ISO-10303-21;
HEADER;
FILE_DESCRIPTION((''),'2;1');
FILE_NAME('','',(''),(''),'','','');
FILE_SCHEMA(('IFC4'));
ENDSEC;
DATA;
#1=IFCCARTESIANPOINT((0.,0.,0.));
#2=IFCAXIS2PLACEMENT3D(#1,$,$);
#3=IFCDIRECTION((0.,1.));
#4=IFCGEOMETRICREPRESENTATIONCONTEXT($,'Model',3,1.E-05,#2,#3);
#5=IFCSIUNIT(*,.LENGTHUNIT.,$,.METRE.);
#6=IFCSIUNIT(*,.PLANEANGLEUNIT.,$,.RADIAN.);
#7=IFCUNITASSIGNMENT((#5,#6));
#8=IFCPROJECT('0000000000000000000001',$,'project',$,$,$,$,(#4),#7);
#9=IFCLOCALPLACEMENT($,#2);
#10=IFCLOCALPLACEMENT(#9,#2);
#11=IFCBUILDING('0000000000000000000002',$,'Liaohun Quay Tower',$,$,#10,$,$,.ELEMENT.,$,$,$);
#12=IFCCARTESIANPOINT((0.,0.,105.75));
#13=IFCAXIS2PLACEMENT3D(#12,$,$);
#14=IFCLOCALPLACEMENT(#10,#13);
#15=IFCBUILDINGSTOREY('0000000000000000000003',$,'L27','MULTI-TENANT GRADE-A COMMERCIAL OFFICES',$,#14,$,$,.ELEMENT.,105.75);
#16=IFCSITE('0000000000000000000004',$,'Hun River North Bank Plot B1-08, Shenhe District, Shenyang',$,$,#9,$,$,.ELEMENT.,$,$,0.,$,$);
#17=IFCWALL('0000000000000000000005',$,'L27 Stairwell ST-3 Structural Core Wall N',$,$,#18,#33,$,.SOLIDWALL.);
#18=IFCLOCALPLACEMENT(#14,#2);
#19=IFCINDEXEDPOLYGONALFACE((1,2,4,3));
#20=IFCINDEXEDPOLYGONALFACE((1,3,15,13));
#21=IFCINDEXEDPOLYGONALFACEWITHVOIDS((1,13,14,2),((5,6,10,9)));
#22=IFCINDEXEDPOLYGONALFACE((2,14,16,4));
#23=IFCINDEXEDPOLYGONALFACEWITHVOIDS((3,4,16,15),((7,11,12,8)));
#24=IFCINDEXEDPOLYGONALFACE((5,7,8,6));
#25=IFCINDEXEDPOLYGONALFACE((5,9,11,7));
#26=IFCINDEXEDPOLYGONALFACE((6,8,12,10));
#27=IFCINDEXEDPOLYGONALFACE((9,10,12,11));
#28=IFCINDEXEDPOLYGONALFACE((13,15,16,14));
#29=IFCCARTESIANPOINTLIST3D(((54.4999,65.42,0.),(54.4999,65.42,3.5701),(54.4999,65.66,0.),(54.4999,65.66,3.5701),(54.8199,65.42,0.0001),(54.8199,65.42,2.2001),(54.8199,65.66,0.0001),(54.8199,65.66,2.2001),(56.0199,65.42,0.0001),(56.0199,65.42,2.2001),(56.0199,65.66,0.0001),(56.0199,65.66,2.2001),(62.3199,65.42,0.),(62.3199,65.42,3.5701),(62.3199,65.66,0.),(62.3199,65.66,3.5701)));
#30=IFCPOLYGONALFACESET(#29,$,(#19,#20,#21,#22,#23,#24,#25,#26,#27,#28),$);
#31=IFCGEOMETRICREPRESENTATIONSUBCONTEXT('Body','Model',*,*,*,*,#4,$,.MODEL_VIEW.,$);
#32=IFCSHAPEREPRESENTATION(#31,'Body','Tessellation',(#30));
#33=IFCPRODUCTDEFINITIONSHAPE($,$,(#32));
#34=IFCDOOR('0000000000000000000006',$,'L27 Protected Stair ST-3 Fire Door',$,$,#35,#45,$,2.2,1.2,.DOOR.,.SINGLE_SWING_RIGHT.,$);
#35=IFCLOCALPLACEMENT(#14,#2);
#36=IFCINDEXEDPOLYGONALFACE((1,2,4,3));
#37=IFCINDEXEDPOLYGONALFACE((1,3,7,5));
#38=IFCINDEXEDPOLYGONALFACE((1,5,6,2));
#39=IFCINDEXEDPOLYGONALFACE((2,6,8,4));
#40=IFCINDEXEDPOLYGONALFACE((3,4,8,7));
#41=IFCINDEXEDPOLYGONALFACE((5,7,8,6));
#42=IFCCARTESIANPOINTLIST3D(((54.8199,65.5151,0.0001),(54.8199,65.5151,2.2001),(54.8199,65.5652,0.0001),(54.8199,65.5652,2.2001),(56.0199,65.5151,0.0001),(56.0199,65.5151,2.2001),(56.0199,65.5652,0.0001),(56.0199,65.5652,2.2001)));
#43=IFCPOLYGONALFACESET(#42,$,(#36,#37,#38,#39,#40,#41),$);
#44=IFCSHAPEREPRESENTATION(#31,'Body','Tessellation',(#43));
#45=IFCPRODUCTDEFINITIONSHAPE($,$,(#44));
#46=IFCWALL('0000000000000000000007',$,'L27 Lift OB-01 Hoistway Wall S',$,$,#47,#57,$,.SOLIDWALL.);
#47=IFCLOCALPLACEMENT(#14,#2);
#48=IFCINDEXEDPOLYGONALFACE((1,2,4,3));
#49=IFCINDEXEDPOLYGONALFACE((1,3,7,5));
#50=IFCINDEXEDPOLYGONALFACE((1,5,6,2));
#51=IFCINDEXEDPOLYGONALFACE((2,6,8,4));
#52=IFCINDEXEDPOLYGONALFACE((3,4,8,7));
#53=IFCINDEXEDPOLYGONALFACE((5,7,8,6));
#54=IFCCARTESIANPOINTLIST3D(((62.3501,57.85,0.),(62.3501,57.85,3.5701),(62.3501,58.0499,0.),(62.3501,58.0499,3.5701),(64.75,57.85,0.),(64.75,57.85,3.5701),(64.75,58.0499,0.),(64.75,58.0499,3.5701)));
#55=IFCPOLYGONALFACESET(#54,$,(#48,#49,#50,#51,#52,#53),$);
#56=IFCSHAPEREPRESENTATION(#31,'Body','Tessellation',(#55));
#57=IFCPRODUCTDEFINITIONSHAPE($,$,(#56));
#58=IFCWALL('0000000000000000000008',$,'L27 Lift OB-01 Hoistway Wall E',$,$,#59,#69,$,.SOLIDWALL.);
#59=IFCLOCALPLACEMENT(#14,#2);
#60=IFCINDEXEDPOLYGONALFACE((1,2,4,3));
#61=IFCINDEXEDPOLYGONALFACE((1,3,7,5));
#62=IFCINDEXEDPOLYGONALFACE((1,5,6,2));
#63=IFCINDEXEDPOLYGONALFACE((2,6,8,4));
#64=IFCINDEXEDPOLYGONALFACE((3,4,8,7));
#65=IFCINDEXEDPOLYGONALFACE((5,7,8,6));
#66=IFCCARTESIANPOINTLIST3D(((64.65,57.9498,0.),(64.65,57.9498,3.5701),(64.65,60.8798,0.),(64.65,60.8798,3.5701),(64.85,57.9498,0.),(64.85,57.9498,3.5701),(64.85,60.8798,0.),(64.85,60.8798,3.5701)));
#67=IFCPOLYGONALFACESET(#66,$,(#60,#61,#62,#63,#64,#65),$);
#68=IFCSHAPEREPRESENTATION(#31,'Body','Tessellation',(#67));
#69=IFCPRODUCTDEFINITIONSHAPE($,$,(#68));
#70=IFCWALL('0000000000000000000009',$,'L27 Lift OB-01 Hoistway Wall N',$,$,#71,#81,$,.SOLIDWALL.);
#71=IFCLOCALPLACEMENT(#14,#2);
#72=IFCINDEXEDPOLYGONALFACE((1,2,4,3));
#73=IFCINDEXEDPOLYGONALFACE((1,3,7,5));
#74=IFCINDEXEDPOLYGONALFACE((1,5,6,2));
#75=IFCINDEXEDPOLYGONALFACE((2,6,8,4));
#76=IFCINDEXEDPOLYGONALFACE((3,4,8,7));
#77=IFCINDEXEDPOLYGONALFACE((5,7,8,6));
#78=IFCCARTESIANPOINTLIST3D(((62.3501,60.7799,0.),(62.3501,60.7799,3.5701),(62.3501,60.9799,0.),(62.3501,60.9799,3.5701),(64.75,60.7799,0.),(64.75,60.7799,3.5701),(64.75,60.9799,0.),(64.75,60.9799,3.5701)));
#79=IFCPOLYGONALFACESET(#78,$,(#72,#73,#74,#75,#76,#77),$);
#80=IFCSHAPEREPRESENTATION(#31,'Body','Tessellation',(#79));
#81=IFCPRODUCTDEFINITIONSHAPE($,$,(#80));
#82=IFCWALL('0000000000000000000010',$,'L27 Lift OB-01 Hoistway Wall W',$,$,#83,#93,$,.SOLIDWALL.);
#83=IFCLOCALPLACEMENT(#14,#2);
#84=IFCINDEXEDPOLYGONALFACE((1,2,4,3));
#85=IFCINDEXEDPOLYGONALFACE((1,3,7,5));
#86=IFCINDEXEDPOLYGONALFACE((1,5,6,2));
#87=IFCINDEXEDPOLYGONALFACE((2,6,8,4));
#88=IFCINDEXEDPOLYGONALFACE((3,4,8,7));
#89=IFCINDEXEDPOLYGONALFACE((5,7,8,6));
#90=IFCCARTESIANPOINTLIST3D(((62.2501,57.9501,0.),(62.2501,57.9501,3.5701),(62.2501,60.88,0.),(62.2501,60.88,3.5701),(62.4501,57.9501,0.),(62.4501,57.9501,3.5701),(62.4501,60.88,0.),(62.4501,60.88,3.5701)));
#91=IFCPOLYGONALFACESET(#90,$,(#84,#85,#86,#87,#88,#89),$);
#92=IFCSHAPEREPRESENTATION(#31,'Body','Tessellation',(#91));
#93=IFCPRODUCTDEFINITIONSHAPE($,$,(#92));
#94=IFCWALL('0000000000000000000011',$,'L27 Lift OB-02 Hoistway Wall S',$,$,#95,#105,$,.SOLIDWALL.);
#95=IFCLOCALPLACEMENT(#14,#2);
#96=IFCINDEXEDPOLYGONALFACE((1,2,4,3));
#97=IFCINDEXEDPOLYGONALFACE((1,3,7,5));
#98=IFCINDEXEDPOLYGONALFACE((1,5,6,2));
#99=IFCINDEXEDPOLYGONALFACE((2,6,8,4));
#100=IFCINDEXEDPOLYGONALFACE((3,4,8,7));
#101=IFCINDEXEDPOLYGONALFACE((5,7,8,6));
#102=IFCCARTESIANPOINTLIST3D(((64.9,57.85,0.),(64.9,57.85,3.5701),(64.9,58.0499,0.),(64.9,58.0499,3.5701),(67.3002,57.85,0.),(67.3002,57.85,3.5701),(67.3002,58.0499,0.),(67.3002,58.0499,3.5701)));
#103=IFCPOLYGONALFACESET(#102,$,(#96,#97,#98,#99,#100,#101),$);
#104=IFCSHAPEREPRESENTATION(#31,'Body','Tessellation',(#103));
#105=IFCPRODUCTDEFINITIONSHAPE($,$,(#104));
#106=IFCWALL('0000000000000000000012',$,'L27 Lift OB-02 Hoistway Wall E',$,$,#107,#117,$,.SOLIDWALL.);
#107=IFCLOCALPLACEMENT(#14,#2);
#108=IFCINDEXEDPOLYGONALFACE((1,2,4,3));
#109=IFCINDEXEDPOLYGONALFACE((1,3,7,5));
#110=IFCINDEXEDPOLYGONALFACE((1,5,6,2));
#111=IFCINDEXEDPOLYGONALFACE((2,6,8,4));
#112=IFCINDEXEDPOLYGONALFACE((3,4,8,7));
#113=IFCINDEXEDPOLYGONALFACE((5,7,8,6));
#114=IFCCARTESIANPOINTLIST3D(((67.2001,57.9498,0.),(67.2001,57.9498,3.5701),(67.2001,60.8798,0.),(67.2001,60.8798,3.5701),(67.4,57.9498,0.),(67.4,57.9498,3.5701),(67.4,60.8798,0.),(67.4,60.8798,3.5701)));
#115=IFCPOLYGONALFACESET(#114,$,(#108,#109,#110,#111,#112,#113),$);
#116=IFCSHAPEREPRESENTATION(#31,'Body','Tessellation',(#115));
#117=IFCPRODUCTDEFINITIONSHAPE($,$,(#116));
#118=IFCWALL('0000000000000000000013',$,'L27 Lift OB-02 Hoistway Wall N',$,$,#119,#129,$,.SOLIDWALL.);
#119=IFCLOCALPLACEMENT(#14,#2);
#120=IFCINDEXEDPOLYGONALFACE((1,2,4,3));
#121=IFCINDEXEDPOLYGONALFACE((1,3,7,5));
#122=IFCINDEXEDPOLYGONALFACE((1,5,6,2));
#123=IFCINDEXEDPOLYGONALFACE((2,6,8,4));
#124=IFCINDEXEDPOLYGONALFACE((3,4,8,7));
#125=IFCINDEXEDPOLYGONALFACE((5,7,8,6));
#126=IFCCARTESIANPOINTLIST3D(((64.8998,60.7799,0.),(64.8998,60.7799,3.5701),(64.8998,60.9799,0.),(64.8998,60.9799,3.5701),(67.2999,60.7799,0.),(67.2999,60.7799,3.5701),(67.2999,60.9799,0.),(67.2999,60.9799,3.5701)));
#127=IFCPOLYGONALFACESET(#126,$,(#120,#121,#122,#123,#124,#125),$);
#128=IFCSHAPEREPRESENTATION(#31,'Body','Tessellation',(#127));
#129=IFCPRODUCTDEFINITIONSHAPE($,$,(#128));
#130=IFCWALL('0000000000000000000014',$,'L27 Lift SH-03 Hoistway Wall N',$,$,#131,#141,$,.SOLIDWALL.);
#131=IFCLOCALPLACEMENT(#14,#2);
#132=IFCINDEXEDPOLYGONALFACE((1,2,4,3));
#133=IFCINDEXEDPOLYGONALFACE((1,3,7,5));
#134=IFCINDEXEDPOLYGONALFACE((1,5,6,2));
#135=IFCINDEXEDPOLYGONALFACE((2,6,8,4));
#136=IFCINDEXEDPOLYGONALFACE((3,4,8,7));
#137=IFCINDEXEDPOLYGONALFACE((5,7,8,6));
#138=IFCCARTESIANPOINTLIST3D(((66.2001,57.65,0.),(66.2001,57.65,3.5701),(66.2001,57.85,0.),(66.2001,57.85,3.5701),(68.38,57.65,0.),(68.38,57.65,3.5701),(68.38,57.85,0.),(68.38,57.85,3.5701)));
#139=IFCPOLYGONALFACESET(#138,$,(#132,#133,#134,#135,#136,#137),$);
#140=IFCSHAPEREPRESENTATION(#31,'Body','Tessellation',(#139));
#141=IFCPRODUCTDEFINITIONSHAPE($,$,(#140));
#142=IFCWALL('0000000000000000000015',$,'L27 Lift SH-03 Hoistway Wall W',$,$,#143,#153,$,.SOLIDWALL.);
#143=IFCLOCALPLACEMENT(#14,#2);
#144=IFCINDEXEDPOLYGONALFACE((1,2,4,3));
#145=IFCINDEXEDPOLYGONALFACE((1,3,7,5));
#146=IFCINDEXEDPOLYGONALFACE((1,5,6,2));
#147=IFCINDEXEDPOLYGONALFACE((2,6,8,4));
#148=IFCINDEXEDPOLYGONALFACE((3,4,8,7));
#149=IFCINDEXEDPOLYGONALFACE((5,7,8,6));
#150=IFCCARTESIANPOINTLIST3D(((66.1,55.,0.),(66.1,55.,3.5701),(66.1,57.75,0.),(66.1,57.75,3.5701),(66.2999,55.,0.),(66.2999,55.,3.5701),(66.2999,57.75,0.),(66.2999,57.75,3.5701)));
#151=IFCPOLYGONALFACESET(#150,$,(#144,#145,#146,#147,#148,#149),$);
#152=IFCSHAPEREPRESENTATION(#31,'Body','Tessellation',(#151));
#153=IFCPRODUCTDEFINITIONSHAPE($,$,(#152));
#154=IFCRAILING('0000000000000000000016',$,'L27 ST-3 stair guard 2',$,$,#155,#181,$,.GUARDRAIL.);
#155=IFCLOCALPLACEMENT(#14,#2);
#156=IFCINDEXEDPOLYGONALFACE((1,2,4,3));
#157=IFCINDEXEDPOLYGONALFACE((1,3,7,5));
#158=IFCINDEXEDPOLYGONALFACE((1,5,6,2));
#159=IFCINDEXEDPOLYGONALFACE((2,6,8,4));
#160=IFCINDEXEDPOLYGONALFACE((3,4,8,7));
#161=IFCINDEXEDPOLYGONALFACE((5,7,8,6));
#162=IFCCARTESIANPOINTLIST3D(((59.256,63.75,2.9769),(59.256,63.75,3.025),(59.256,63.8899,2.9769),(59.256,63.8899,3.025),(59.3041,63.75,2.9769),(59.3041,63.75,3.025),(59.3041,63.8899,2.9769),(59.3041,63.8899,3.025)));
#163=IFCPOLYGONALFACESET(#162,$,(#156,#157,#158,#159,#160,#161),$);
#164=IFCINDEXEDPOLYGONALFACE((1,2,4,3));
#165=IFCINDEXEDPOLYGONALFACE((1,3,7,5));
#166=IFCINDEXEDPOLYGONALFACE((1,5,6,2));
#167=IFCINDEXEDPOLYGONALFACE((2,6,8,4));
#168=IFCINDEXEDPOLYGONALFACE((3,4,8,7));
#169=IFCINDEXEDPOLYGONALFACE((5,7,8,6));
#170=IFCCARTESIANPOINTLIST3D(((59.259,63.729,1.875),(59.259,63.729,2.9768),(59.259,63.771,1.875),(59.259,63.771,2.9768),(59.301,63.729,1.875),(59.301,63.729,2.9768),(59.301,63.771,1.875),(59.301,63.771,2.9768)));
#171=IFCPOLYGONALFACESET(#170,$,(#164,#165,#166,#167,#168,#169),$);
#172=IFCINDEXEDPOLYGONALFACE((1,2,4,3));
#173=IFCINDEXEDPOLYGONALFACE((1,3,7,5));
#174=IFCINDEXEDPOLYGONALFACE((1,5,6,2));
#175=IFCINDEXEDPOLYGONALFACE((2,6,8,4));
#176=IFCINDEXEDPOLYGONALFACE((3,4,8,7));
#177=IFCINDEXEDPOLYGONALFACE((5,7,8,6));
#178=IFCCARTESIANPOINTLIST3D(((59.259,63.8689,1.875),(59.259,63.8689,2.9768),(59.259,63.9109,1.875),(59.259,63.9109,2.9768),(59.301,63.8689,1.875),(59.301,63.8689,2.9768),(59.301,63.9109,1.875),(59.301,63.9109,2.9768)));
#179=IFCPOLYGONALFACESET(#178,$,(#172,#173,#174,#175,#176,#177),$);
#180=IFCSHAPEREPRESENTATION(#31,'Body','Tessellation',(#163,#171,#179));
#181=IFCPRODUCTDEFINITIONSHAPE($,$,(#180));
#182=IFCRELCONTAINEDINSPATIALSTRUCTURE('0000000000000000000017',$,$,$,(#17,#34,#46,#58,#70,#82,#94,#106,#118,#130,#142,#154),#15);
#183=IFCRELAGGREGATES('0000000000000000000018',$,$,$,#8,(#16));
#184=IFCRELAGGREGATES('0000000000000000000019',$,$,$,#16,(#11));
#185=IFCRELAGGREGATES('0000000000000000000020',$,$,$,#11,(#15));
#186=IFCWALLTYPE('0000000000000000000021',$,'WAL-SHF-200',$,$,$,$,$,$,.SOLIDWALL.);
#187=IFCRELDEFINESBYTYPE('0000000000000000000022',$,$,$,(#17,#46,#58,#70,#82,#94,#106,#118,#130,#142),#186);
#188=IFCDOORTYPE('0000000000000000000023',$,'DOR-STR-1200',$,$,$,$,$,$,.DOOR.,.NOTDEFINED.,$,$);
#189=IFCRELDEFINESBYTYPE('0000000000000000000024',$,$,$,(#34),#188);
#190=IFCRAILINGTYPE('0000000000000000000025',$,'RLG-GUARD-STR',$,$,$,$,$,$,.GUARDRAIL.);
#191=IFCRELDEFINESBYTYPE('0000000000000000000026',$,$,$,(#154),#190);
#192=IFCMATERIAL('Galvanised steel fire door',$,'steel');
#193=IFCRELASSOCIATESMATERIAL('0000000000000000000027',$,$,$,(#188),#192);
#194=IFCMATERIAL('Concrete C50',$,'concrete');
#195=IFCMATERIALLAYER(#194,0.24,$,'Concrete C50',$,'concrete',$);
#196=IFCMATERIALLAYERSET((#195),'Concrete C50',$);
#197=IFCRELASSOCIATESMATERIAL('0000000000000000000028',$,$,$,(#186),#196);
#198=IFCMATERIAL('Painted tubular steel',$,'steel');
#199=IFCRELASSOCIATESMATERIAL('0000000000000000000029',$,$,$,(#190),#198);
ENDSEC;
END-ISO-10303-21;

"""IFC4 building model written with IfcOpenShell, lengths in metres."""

from ifc_helpers import new_model, si_unit, direction, frame, frame_2d, origin, origin_2d, place, context, subcontext, project, spatial, rectangle, extrude, source, transform, mapped, material, layer, layer_set, type_object, element, fill, save


model = new_model("IFC4")

# Units and contexts
model_context = context("Model", 3, precision=1e-05, world=origin(), true_north=direction((0.0, 1.0)))
body_context = subcontext(model_context, "Body", "Model", "MODEL_VIEW")
ifc_project = project(units=[si_unit("LENGTHUNIT", "METRE"), si_unit("PLANEANGLEUNIT", "RADIAN")], contexts=[model_context])

# Site, building, storey
site_placement = place(None, origin())
site = spatial("IfcSite", under=ifc_project, at=site_placement, Name="Hun River North Bank Plot B1-08, Shenhe District, Shenyang", CompositionType="ELEMENT", RefElevation=0.0)
building_placement = place(site_placement, origin())
building = spatial("IfcBuilding", under=site, at=building_placement, Name="Liaohun Quay Tower", CompositionType="ELEMENT")
storey_placement = place(building_placement, frame((0.0, 0.0, 105.75)))
storey = spatial("IfcBuildingStorey", under=building, at=storey_placement, Name="L27", Description="MULTI-TENANT GRADE-A COMMERCIAL OFFICES", CompositionType="ELEMENT", Elevation=105.75)

# Shared definitions
ifc_material_1 = material(Name="Galvanised steel fire door", Category="steel")
door_type_1 = type_object("IfcDoorType", Name="DOR-STR-1200", OperationType="NOTDEFINED", PredefinedType="DOOR", material=ifc_material_1)
shared_shape_1 = source(origin(), body_context, "Body", "SweptSolid", [
    extrude(rectangle(XDim=1.2, YDim=2.2, at=frame_2d((0.6001, 1.1001))), frame((0.0, 0.0249, 0.0), z_axis=(0.0, -1.0, 0.0), x_axis=(1.0, 0.0, 0.0)), (0.0, 0.0, 1.0), 0.05),
])

# Shared definitions
ifc_material_2 = material(Name="Concrete C50", Category="concrete")
ifc_layer_1 = layer(ifc_material_2, 0.24, Name="Concrete C50", Category="concrete")
ifc_layer_set_1 = layer_set([ifc_layer_1], Name="Concrete C50")
wall_type_1 = type_object("IfcWallType", Name="WAL-SHF-200", PredefinedType="SOLIDWALL", material=ifc_layer_set_1)

# Wall, opening, door
wall_1_placement = place(storey_placement, frame((62.3201, 65.54, 0.0), z_axis=(0.0, 0.0, 1.0), x_axis=(-1.0, 0.0, 0.0)))
wall_1 = element("IfcWall", 1, at=wall_1_placement, inside=storey, type_object=wall_type_1, Name="L27 Stairwell ST-3 Structural Core Wall N", PredefinedType="SOLIDWALL", context=body_context, shape_type="SweptSolid", body=[
    extrude(rectangle(XDim=7.8201, YDim=0.24, at=frame_2d((3.9102, 0.0))), origin(), (0.0, 0.0, 1.0), 3.5701),
])
shared_shape_2 = source(origin(), body_context, "Body", "SweptSolid", [
    extrude(rectangle(XDim=1.2, YDim=2.2, at=frame_2d((0.6001, 1.1001))), frame((0.0, 0.1299, 0.0), z_axis=(0.0, -1.0, 0.0), x_axis=(1.0, 0.0, 0.0)), (0.0, 0.0, 1.0), 0.26),
])
opening_1_placement = place(wall_1_placement, frame((6.3, 0.0, 0.0)))
opening_1 = element("IfcOpeningElement", 2, at=opening_1_placement, cuts=wall_1, PredefinedType="OPENING", context=body_context, shape_type="MappedRepresentation", body=[
    mapped(shared_shape_2, transform((0.0, 0.0, 0.0), x_axis=(1.0, 0.0, 0.0), y_axis=(0.0, 1.0, 0.0), z_axis=(0.0, 0.0, 1.0), scale=1.0)),
])
door_1_placement = place(opening_1_placement, origin())
door_1 = element("IfcDoor", 3, at=door_1_placement, inside=storey, type_object=door_type_1, Name="L27 Protected Stair ST-3 Fire Door", OperationType="SINGLE_SWING_RIGHT", OverallHeight=2.2, OverallWidth=1.2, PredefinedType="DOOR", context=body_context, shape_type="MappedRepresentation", body=[
    mapped(shared_shape_1, transform((0.0, 0.0, 0.0), x_axis=(1.0, 0.0, 0.0), y_axis=(0.0, 1.0, 0.0), z_axis=(0.0, 0.0, 1.0), scale=1.0)),
])
fill(opening_1, door_1)

# Walls
wall_2_placement = place(storey_placement, frame((62.3501, 57.95, 0.0), z_axis=(0.0, 0.0, 1.0), x_axis=(1.0, 0.0, 0.0)))
element("IfcWall", 4, at=wall_2_placement, inside=storey, type_object=wall_type_1, Name="L27 Lift OB-01 Hoistway Wall S", PredefinedType="SOLIDWALL", context=body_context, shape_type="SweptSolid", body=[
    extrude(rectangle(XDim=2.3999, YDim=0.2, at=frame_2d((1.2, 0.0))), origin(), (0.0, 0.0, 1.0), 3.5701),
])
wall_3_placement = place(storey_placement, frame((64.75, 57.95, 0.0), z_axis=(0.0, 0.0, 1.0), x_axis=(0.0, 1.0, 0.0)))
element("IfcWall", 5, at=wall_3_placement, inside=storey, type_object=wall_type_1, Name="L27 Lift OB-01 Hoistway Wall E", PredefinedType="SOLIDWALL", context=body_context, shape_type="SweptSolid", body=[
    extrude(rectangle(XDim=2.9299, YDim=0.2, at=frame_2d((1.4648, 0.0))), origin(), (0.0, 0.0, 1.0), 3.5701),
])
wall_4_placement = place(storey_placement, frame((64.75, 60.8799, 0.0), z_axis=(0.0, 0.0, 1.0), x_axis=(-1.0, 0.0, 0.0)))
element("IfcWall", 6, at=wall_4_placement, inside=storey, type_object=wall_type_1, Name="L27 Lift OB-01 Hoistway Wall N", PredefinedType="SOLIDWALL", context=body_context, shape_type="SweptSolid", body=[
    extrude(rectangle(XDim=2.3999, YDim=0.2, at=frame_2d((1.2, 0.0))), origin(), (0.0, 0.0, 1.0), 3.5701),
])
wall_5_placement = place(storey_placement, frame((62.3501, 60.8799, 0.0), z_axis=(0.0, 0.0, 1.0), x_axis=(0.0, -1.0, 0.0)))
element("IfcWall", 7, at=wall_5_placement, inside=storey, type_object=wall_type_1, Name="L27 Lift OB-01 Hoistway Wall W", PredefinedType="SOLIDWALL", context=body_context, shape_type="SweptSolid", body=[
    extrude(rectangle(XDim=2.9299, YDim=0.2, at=frame_2d((1.4648, 0.0))), origin(), (0.0, 0.0, 1.0), 3.5701),
])
wall_6_placement = place(storey_placement, frame((64.8999, 57.95, 0.0), z_axis=(0.0, 0.0, 1.0), x_axis=(1.0, 0.0, 0.0)))
element("IfcWall", 8, at=wall_6_placement, inside=storey, type_object=wall_type_1, Name="L27 Lift OB-02 Hoistway Wall S", PredefinedType="SOLIDWALL", context=body_context, shape_type="SweptSolid", body=[
    extrude(rectangle(XDim=2.4001, YDim=0.2, at=frame_2d((1.2002, 0.0))), origin(), (0.0, 0.0, 1.0), 3.5701),
])
wall_7_placement = place(storey_placement, frame((67.3, 57.95, 0.0), z_axis=(0.0, 0.0, 1.0), x_axis=(0.0, 1.0, 0.0)))
element("IfcWall", 9, at=wall_7_placement, inside=storey, type_object=wall_type_1, Name="L27 Lift OB-02 Hoistway Wall E", PredefinedType="SOLIDWALL", context=body_context, shape_type="SweptSolid", body=[
    extrude(rectangle(XDim=2.9299, YDim=0.2, at=frame_2d((1.4648, 0.0))), origin(), (0.0, 0.0, 1.0), 3.5701),
])
wall_8_placement = place(storey_placement, frame((67.3, 60.8799, 0.0), z_axis=(0.0, 0.0, 1.0), x_axis=(-1.0, 0.0, 0.0)))
element("IfcWall", 10, at=wall_8_placement, inside=storey, type_object=wall_type_1, Name="L27 Lift OB-02 Hoistway Wall N", PredefinedType="SOLIDWALL", context=body_context, shape_type="SweptSolid", body=[
    extrude(rectangle(XDim=2.4001, YDim=0.2, at=frame_2d((1.2002, 0.0))), origin(), (0.0, 0.0, 1.0), 3.5701),
])
wall_9_placement = place(storey_placement, frame((68.3799, 57.75, 0.0), z_axis=(0.0, 0.0, 1.0), x_axis=(-1.0, 0.0, 0.0)))
element("IfcWall", 11, at=wall_9_placement, inside=storey, type_object=wall_type_1, Name="L27 Lift SH-03 Hoistway Wall N", PredefinedType="SOLIDWALL", context=body_context, shape_type="SweptSolid", body=[
    extrude(rectangle(XDim=2.1799, YDim=0.2, at=frame_2d((1.0898, 0.0))), origin(), (0.0, 0.0, 1.0), 3.5701),
])
wall_10_placement = place(storey_placement, frame((66.2, 57.75, 0.0), z_axis=(0.0, 0.0, 1.0), x_axis=(0.0, -1.0, 0.0)))
element("IfcWall", 12, at=wall_10_placement, inside=storey, type_object=wall_type_1, Name="L27 Lift SH-03 Hoistway Wall W", PredefinedType="SOLIDWALL", context=body_context, shape_type="SweptSolid", body=[
    extrude(rectangle(XDim=2.75, YDim=0.2, at=frame_2d((1.375, 0.0))), origin(), (0.0, 0.0, 1.0), 3.5701),
])

# Railing
ifc_material_3 = material(Name="Painted tubular steel", Category="steel")
railing_type = type_object("IfcRailingType", Name="RLG-GUARD-STR", PredefinedType="GUARDRAIL", material=ifc_material_3)
railing_placement = place(storey_placement, frame((59.28, 63.75, 1.875)))
element("IfcRailing", 13, at=railing_placement, inside=storey, type_object=railing_type, Name="L27 ST-3 stair guard 2", PredefinedType="GUARDRAIL", context=body_context, shape_type="SweptSolid", body=[
    extrude(rectangle(XDim=0.0481, YDim=0.0481, at=origin_2d()), frame((0.0, 0.0, 1.126), z_axis=(0.0, 1.0, 0.0), x_axis=(-1.0, 0.0, 0.0)), (0.0, 0.0, 1.0), 0.1399),
    extrude(rectangle(XDim=0.042, YDim=0.042, at=origin_2d()), origin(), (0.0, 0.0, 1.0), 1.1018),
    extrude(rectangle(XDim=0.042, YDim=0.042, at=origin_2d()), frame((0.0, 0.1399, 0.0)), (0.0, 0.0, 1.0), 1.1018),
])

save(model, "model.ifc")
